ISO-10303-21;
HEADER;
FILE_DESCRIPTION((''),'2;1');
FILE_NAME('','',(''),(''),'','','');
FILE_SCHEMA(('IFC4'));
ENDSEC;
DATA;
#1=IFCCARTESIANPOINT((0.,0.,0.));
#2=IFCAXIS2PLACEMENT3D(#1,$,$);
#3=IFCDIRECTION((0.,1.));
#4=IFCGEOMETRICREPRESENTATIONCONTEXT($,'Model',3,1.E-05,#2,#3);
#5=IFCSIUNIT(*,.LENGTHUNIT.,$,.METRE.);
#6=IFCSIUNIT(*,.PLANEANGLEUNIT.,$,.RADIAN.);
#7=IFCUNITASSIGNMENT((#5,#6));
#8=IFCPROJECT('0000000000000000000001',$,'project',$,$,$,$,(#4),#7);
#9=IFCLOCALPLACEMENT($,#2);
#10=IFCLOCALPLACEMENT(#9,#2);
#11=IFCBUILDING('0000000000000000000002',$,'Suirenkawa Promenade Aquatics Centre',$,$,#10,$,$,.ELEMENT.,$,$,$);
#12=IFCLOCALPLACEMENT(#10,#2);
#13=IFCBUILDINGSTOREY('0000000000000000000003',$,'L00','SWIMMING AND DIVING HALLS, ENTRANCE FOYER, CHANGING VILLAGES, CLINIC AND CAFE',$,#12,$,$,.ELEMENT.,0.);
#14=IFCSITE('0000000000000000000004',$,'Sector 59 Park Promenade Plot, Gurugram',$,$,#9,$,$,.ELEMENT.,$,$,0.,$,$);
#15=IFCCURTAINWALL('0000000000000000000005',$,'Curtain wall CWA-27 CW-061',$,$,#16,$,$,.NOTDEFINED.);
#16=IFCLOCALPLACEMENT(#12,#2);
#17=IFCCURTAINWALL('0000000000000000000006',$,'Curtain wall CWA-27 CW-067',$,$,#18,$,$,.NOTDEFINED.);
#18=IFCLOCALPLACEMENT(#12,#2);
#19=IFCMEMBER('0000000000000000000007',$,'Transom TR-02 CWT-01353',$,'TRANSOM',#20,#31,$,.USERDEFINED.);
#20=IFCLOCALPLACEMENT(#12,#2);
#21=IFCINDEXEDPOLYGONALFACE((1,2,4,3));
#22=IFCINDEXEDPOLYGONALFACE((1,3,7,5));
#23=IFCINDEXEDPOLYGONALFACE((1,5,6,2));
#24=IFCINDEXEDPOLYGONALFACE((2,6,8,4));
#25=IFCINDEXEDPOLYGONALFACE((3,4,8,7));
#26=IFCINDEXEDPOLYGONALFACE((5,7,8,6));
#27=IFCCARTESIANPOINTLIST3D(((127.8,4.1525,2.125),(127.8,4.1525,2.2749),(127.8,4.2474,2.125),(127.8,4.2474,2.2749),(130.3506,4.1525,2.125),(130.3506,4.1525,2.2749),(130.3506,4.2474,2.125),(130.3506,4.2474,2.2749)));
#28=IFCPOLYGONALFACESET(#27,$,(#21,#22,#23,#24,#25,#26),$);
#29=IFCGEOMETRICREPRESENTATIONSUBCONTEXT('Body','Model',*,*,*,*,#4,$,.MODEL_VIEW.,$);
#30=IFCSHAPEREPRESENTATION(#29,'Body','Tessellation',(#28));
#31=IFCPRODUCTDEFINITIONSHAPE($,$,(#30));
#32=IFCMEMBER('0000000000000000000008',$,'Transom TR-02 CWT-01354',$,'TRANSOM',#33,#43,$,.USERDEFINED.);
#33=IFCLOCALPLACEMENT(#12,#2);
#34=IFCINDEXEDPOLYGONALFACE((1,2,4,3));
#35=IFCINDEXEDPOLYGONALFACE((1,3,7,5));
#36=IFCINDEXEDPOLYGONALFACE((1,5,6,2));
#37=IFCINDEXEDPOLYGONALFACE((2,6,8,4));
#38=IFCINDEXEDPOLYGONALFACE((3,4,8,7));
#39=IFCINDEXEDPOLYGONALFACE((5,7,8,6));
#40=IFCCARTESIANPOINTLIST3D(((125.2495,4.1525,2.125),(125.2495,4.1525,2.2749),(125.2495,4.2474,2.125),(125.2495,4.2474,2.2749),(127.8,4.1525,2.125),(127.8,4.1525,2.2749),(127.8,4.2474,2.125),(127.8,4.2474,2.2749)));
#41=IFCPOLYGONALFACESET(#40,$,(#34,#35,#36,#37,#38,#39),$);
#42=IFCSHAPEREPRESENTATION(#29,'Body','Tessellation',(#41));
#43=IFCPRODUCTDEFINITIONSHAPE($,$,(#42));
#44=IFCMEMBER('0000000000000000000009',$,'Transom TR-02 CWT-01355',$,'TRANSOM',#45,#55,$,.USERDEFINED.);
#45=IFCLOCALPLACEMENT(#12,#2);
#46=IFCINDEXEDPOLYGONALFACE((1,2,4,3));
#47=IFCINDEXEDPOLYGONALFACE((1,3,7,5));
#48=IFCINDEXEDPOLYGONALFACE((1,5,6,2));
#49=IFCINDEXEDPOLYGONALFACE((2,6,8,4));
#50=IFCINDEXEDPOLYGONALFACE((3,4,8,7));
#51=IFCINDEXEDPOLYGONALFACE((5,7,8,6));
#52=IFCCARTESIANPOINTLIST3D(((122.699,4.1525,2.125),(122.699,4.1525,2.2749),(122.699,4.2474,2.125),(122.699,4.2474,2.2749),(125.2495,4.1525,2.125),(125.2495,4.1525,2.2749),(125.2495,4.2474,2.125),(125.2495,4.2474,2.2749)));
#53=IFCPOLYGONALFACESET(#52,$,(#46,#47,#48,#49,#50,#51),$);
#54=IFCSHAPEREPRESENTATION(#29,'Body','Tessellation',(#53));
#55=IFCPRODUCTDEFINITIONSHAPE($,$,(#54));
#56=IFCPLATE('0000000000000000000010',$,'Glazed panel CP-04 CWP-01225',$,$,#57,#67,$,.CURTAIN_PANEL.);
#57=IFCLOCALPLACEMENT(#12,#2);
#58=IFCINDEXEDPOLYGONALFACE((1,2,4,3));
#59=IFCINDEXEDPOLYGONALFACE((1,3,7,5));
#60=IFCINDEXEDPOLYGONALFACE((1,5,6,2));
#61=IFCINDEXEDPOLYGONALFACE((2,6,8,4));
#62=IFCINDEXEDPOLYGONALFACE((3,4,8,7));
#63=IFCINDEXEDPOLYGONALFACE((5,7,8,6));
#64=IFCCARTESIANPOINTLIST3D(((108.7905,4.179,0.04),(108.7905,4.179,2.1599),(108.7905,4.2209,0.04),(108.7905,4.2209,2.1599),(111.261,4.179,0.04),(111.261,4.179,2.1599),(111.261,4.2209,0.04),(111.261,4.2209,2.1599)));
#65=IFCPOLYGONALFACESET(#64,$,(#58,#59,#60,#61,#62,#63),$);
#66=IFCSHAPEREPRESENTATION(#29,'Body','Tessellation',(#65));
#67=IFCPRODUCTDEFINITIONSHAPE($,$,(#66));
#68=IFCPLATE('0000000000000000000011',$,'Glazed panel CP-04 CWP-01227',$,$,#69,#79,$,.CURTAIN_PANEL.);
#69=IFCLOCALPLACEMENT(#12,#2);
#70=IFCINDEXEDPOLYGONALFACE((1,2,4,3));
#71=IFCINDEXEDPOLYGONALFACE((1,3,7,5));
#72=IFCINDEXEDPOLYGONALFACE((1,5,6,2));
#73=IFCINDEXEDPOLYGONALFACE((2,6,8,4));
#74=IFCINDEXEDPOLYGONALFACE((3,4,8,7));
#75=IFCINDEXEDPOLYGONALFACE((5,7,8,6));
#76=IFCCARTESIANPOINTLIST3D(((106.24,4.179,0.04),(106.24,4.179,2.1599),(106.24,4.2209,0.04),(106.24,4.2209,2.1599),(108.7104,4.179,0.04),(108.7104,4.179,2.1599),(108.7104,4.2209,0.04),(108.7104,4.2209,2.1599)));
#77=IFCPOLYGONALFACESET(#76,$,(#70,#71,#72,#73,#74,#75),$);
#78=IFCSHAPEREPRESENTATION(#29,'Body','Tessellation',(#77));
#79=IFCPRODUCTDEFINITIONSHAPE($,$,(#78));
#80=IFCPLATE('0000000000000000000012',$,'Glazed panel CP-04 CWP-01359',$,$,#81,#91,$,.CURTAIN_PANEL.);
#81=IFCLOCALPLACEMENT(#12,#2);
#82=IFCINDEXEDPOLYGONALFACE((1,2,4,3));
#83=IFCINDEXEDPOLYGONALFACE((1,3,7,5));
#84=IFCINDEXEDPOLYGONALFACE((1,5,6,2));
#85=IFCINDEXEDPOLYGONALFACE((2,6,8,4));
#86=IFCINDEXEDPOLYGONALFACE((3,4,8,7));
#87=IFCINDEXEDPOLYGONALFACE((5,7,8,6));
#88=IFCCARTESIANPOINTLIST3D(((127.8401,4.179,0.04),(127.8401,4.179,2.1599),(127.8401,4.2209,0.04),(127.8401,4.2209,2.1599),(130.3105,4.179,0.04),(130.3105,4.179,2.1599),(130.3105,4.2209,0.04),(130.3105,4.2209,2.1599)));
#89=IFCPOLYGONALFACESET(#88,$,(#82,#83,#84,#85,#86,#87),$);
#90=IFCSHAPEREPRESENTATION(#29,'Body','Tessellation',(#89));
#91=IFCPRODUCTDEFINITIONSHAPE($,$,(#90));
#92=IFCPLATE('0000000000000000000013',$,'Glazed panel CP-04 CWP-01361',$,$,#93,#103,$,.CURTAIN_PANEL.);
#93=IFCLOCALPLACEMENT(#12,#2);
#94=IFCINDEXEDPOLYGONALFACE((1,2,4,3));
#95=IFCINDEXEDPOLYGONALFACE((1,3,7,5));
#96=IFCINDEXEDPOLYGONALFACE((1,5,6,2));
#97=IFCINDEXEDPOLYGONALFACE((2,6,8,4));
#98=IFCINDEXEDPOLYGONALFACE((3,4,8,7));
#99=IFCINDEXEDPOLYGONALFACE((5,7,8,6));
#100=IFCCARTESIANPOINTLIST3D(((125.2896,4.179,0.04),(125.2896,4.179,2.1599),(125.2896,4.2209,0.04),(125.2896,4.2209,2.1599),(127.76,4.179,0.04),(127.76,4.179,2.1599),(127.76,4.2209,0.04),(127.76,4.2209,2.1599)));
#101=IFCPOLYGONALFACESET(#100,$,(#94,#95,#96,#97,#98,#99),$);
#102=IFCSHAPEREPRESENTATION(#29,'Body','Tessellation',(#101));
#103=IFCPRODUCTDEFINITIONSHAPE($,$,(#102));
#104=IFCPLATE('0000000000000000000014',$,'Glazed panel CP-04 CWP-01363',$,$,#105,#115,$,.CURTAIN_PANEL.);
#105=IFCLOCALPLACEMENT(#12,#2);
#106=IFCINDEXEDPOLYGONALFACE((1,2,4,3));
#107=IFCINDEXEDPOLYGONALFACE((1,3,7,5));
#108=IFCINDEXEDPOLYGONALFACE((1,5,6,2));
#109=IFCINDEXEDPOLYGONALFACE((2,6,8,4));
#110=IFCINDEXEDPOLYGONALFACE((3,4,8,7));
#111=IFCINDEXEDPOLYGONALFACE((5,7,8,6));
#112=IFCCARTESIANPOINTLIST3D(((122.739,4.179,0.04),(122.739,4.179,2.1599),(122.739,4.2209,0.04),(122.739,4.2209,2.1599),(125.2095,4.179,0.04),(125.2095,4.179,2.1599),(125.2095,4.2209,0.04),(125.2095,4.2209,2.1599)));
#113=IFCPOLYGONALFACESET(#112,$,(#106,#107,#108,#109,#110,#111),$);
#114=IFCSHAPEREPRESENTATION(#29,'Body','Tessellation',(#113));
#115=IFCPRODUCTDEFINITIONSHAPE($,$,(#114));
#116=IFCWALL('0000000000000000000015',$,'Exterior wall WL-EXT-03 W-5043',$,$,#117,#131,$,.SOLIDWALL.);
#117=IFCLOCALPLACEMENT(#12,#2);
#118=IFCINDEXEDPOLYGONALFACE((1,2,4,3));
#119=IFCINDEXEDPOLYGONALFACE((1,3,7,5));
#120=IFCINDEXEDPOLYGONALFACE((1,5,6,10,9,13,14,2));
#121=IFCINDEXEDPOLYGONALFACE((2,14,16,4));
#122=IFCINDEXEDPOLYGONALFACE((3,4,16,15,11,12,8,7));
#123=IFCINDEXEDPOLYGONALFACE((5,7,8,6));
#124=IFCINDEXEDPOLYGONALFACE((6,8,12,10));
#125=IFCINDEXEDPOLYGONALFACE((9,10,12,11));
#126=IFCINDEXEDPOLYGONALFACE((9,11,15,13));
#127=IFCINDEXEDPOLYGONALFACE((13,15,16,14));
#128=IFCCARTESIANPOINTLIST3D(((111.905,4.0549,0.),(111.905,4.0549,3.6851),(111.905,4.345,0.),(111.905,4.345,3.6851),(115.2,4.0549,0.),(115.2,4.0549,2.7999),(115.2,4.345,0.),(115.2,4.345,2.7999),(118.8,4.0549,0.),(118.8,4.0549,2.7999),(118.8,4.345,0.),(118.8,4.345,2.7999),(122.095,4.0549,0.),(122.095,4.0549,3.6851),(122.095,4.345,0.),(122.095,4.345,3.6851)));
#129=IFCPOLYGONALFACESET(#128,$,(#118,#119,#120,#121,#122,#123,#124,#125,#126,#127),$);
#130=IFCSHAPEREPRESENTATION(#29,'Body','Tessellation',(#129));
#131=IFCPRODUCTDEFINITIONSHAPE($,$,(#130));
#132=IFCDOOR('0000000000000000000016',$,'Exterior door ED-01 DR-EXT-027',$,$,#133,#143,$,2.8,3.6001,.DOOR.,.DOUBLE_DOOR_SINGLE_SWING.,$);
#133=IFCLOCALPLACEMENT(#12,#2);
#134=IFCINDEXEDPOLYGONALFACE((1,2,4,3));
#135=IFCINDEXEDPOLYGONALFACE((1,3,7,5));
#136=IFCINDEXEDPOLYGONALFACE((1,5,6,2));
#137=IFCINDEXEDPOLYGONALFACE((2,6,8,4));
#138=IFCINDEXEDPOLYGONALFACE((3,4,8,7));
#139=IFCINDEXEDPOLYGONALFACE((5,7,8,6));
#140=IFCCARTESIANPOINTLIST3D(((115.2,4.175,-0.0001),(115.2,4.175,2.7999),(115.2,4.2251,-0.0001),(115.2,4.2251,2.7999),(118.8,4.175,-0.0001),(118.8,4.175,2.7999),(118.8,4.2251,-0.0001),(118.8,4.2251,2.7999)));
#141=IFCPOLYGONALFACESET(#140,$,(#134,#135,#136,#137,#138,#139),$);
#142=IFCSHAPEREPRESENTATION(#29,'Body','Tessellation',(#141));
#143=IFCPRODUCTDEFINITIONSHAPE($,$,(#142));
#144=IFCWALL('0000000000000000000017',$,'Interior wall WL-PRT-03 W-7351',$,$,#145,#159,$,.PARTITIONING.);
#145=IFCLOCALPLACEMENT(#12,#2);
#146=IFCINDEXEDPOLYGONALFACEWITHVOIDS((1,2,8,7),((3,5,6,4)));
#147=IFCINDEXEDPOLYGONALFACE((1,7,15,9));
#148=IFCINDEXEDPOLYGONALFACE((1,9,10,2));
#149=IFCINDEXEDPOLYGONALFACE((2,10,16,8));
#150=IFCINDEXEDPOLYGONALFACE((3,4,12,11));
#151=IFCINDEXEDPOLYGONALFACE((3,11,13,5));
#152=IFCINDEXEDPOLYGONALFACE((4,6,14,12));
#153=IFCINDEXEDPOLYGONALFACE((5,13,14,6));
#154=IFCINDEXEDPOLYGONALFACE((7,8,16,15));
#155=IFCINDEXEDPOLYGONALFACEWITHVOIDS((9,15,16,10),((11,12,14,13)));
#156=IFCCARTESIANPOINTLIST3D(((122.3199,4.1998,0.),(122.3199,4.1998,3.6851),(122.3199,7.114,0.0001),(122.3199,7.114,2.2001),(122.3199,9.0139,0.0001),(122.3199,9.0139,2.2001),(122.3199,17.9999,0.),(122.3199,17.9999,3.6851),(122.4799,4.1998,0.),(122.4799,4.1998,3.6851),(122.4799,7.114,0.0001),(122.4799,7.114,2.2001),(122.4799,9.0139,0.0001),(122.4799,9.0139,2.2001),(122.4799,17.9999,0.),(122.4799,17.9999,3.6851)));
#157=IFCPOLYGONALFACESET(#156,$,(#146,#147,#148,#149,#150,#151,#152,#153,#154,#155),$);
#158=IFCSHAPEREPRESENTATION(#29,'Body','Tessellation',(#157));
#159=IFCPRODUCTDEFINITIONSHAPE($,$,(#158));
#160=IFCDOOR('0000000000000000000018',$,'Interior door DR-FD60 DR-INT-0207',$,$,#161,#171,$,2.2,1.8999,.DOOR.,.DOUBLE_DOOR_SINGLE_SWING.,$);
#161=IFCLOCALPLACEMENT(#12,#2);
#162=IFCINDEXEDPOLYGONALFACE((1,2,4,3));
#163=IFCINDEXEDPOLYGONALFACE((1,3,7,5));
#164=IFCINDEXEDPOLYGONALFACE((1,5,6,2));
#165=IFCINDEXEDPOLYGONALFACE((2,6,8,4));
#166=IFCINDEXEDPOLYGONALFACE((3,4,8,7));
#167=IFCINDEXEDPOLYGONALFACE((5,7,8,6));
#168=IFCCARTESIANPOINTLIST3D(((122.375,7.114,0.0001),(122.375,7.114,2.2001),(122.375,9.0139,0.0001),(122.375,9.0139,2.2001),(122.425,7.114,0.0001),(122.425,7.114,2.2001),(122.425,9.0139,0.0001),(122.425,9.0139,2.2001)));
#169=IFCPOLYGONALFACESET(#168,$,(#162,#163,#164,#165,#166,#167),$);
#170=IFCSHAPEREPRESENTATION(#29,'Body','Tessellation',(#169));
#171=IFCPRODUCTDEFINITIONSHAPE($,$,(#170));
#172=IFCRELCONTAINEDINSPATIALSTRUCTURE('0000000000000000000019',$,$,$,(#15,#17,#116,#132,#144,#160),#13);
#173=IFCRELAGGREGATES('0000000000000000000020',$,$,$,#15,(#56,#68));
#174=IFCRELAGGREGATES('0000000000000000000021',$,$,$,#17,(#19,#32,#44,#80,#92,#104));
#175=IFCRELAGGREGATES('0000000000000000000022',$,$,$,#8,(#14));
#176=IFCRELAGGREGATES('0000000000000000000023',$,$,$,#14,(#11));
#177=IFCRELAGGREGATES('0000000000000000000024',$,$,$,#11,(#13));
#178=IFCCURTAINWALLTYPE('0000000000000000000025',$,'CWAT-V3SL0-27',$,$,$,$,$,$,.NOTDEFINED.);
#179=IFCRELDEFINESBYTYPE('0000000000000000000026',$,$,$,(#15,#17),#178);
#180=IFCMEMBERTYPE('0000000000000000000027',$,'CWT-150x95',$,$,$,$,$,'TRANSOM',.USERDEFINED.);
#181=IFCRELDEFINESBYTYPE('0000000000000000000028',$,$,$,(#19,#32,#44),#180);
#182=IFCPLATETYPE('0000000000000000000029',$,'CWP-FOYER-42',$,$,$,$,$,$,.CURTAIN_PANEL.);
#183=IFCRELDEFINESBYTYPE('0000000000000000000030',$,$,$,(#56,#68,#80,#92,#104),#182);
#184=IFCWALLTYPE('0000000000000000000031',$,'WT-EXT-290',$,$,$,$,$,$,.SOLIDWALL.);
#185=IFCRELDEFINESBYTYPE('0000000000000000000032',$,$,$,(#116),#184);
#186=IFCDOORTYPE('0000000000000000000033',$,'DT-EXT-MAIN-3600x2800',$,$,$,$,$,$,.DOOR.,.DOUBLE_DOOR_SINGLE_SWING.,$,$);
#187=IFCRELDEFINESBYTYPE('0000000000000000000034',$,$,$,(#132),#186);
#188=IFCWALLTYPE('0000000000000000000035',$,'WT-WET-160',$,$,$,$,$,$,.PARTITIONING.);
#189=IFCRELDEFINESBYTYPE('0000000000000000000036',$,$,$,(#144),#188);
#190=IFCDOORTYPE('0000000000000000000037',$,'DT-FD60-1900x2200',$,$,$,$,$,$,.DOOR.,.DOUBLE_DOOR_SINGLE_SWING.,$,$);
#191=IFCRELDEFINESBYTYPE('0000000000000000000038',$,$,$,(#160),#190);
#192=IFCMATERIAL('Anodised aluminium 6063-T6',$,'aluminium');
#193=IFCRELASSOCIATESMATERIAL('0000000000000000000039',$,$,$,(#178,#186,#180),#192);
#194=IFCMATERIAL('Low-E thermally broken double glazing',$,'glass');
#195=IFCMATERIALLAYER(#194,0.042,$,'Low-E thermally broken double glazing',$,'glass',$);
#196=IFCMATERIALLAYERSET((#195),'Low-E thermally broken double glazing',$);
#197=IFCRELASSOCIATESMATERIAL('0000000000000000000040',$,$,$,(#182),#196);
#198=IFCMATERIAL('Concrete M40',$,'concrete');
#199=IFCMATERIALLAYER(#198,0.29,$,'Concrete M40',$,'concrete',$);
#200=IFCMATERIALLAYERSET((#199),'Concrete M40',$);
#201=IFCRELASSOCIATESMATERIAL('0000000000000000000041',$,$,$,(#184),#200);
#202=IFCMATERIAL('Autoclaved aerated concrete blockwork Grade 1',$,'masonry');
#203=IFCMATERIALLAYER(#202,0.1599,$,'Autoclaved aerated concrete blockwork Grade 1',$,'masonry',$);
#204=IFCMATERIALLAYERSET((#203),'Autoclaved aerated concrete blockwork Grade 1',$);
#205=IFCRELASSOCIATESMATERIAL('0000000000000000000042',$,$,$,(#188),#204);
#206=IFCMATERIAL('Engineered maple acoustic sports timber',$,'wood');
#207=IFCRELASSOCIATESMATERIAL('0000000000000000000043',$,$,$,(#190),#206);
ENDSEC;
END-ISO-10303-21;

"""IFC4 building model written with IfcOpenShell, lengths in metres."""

from ifc_helpers import new_model, si_unit, direction, frame, frame_2d, origin, origin_2d, place, context, subcontext, project, spatial, polyline, rectangle, outline, extrude, material, layer, layer_set, material_profile, profile_set, type_object, element, fill, aggregate, save


model = new_model("IFC4")

# Units and contexts
model_context = context("Model", 3, precision=1e-05, world=origin(), true_north=direction((0.0, 1.0)))
body_context = subcontext(model_context, "Body", "Model", "MODEL_VIEW")
ifc_project = project(units=[si_unit("LENGTHUNIT", "METRE"), si_unit("PLANEANGLEUNIT", "RADIAN")], contexts=[model_context])

# Site, building, storey
site_placement = place(None, origin())
site = spatial("IfcSite", under=ifc_project, at=site_placement, Name="Sector 59 Park Promenade Plot, Gurugram", CompositionType="ELEMENT", RefElevation=0.0)
building_placement = place(site_placement, origin())
building = spatial("IfcBuilding", under=site, at=building_placement, Name="Suirenkawa Promenade Aquatics Centre", CompositionType="ELEMENT")
storey_placement = place(building_placement, origin())
storey = spatial("IfcBuildingStorey", under=building, at=storey_placement, Name="L00", Description="SWIMMING AND DIVING HALLS, ENTRANCE FOYER, CHANGING VILLAGES, CLINIC AND CAFE", CompositionType="ELEMENT", Elevation=0.0)

# Shared definitions
ifc_material_1 = material(Name="Concrete M40", Category="concrete")

# Curtain wall
ifc_material_2 = material(Name="Anodised aluminium 6063-T6", Category="aluminium")
curtain_wall_type = type_object("IfcCurtainWallType", Name="CWAT-V3SL0-27", PredefinedType="NOTDEFINED", material=ifc_material_2)
curtain_wall_1_placement = place(storey_placement, origin())
curtain_wall_1 = element("IfcCurtainWall", 1, at=curtain_wall_1_placement, inside=storey, type_object=curtain_wall_type, Name="Curtain wall CWA-27 CW-061", PredefinedType="NOTDEFINED")

# Curtain wall
curtain_wall_2_placement = place(storey_placement, origin())
curtain_wall_2 = element("IfcCurtainWall", 2, at=curtain_wall_2_placement, inside=storey, type_object=curtain_wall_type, Name="Curtain wall CWA-27 CW-067", PredefinedType="NOTDEFINED")

# Members
ifc_material_profile_1 = material_profile(ifc_material_2, rectangle(XDim=0.095, YDim=0.1499, at=origin_2d()), Name="ALU TRAN 95x150", Category="aluminium")
ifc_profile_set_1 = profile_set([ifc_material_profile_1], Name="Anodised aluminium 6063-T6")
member_type_1 = type_object("IfcMemberType", Name="CWT-150x95", ElementType="TRANSOM", PredefinedType="USERDEFINED", material=ifc_profile_set_1)
member_1_placement = place(storey_placement, frame((130.3506, 4.2, 2.2), z_axis=(-1.0, 0.0, 0.0), x_axis=(0.0, -1.0, 0.0)))
member_1 = element("IfcMember", 3, at=member_1_placement, type_object=member_type_1, Name="Transom TR-02 CWT-01353", ObjectType="TRANSOM", PredefinedType="USERDEFINED", context=body_context, shape_type="SweptSolid", body=[
    extrude(rectangle(XDim=0.095, YDim=0.1499, at=origin_2d()), origin(), (0.0, 0.0, 1.0), 2.5505),
])
member_2_placement = place(storey_placement, frame((127.8, 4.2, 2.2), z_axis=(-1.0, 0.0, 0.0), x_axis=(0.0, -1.0, 0.0)))
member_2 = element("IfcMember", 4, at=member_2_placement, type_object=member_type_1, Name="Transom TR-02 CWT-01354", ObjectType="TRANSOM", PredefinedType="USERDEFINED", context=body_context, shape_type="SweptSolid", body=[
    extrude(rectangle(XDim=0.095, YDim=0.1499, at=origin_2d()), origin(), (0.0, 0.0, 1.0), 2.5505),
])
member_3_placement = place(storey_placement, frame((125.2495, 4.2, 2.2), z_axis=(-1.0, 0.0, 0.0), x_axis=(0.0, -1.0, 0.0)))
member_3 = element("IfcMember", 5, at=member_3_placement, type_object=member_type_1, Name="Transom TR-02 CWT-01355", ObjectType="TRANSOM", PredefinedType="USERDEFINED", context=body_context, shape_type="SweptSolid", body=[
    extrude(rectangle(XDim=0.095, YDim=0.1499, at=origin_2d()), origin(), (0.0, 0.0, 1.0), 2.5505),
])

# Plates
ifc_material_3 = material(Name="Low-E thermally broken double glazing", Category="glass")
ifc_layer_1 = layer(ifc_material_3, 0.042, Name="Low-E thermally broken double glazing", Category="glass")
ifc_layer_set_1 = layer_set([ifc_layer_1], Name="Low-E thermally broken double glazing")
plate_type = type_object("IfcPlateType", Name="CWP-FOYER-42", PredefinedType="CURTAIN_PANEL", material=ifc_layer_set_1)
plate_1_placement = place(storey_placement, frame((111.301, 4.2, 0.04), z_axis=(0.0, 0.0, 1.0), x_axis=(-1.0, 0.0, 0.0)))
plate_1 = element("IfcPlate", 6, at=plate_1_placement, type_object=plate_type, Name="Glazed panel CP-04 CWP-01225", PredefinedType="CURTAIN_PANEL", context=body_context, shape_type="SweptSolid", body=[
    extrude(outline(polyline([(0.04, 0.0), (2.5105, 0.0), (2.5105, 2.1199), (0.04, 2.1199), (0.04, 0.0)])), frame((0.0, 0.021, 0.0), z_axis=(0.0, -1.0, 0.0), x_axis=(1.0, 0.0, 0.0)), (0.0, 0.0, 1.0), 0.042),
])
plate_2_placement = place(storey_placement, frame((108.7505, 4.2, 0.04), z_axis=(0.0, 0.0, 1.0), x_axis=(-1.0, 0.0, 0.0)))
plate_2 = element("IfcPlate", 7, at=plate_2_placement, type_object=plate_type, Name="Glazed panel CP-04 CWP-01227", PredefinedType="CURTAIN_PANEL", context=body_context, shape_type="SweptSolid", body=[
    extrude(outline(polyline([(0.04, 0.0), (2.5105, 0.0), (2.5105, 2.1199), (0.04, 2.1199), (0.04, 0.0)])), frame((0.0, 0.021, 0.0), z_axis=(0.0, -1.0, 0.0), x_axis=(1.0, 0.0, 0.0)), (0.0, 0.0, 1.0), 0.042),
])
aggregate(curtain_wall_1, [plate_1, plate_2])
plate_3_placement = place(storey_placement, frame((130.3506, 4.2, 0.04), z_axis=(0.0, 0.0, 1.0), x_axis=(-1.0, 0.0, 0.0)))
plate_3 = element("IfcPlate", 8, at=plate_3_placement, type_object=plate_type, Name="Glazed panel CP-04 CWP-01359", PredefinedType="CURTAIN_PANEL", context=body_context, shape_type="SweptSolid", body=[
    extrude(outline(polyline([(0.04, 0.0), (2.5105, 0.0), (2.5105, 2.1199), (0.04, 2.1199), (0.04, 0.0)])), frame((0.0, 0.021, 0.0), z_axis=(0.0, -1.0, 0.0), x_axis=(1.0, 0.0, 0.0)), (0.0, 0.0, 1.0), 0.042),
])
plate_4_placement = place(storey_placement, frame((127.8, 4.2, 0.04), z_axis=(0.0, 0.0, 1.0), x_axis=(-1.0, 0.0, 0.0)))
plate_4 = element("IfcPlate", 9, at=plate_4_placement, type_object=plate_type, Name="Glazed panel CP-04 CWP-01361", PredefinedType="CURTAIN_PANEL", context=body_context, shape_type="SweptSolid", body=[
    extrude(outline(polyline([(0.04, 0.0), (2.5105, 0.0), (2.5105, 2.1199), (0.04, 2.1199), (0.04, 0.0)])), frame((0.0, 0.021, 0.0), z_axis=(0.0, -1.0, 0.0), x_axis=(1.0, 0.0, 0.0)), (0.0, 0.0, 1.0), 0.042),
])
plate_5_placement = place(storey_placement, frame((125.2495, 4.2, 0.04), z_axis=(0.0, 0.0, 1.0), x_axis=(-1.0, 0.0, 0.0)))
plate_5 = element("IfcPlate", 10, at=plate_5_placement, type_object=plate_type, Name="Glazed panel CP-04 CWP-01363", PredefinedType="CURTAIN_PANEL", context=body_context, shape_type="SweptSolid", body=[
    extrude(outline(polyline([(0.04, 0.0), (2.5105, 0.0), (2.5105, 2.1199), (0.04, 2.1199), (0.04, 0.0)])), frame((0.0, 0.021, 0.0), z_axis=(0.0, -1.0, 0.0), x_axis=(1.0, 0.0, 0.0)), (0.0, 0.0, 1.0), 0.042),
])
aggregate(curtain_wall_2, [member_1, member_2, member_3, plate_3, plate_4, plate_5])

# Walls, openings, doors
ifc_layer_2 = layer(ifc_material_1, 0.29, Name="Concrete M40", Category="concrete")
ifc_layer_set_2 = layer_set([ifc_layer_2], Name="Concrete M40")
wall_type_1 = type_object("IfcWallType", Name="WT-EXT-290", PredefinedType="SOLIDWALL", material=ifc_layer_set_2)
wall_1_placement = place(storey_placement, frame((122.095, 4.2, 0.0), z_axis=(0.0, 0.0, 1.0), x_axis=(-1.0, 0.0, 0.0)))
wall_1 = element("IfcWall", 11, at=wall_1_placement, inside=storey, type_object=wall_type_1, Name="Exterior wall WL-EXT-03 W-5043", PredefinedType="SOLIDWALL", context=body_context, shape_type="SweptSolid", body=[
    extrude(rectangle(XDim=10.1899, YDim=0.29, at=frame_2d((5.095, 0.0))), origin(), (0.0, 0.0, 1.0), 3.6851),
])
opening_1_placement = place(wall_1_placement, frame((3.2949, 0.0, 0.0)))
opening_1 = element("IfcOpeningElement", 12, at=opening_1_placement, cuts=wall_1, PredefinedType="OPENING", context=body_context, shape_type="SweptSolid", body=[
    extrude(rectangle(XDim=3.6001, YDim=2.8, at=frame_2d((1.8, 1.3999))), frame((0.0, 0.155, 0.0), z_axis=(0.0, -1.0, 0.0), x_axis=(1.0, 0.0, 0.0)), (0.0, 0.0, 1.0), 0.3101),
])
door_type_1 = type_object("IfcDoorType", Name="DT-EXT-MAIN-3600x2800", OperationType="DOUBLE_DOOR_SINGLE_SWING", PredefinedType="DOOR", material=ifc_material_2)
door_1_placement = place(opening_1_placement, origin())
door_1 = element("IfcDoor", 13, at=door_1_placement, inside=storey, type_object=door_type_1, Name="Exterior door ED-01 DR-EXT-027", OperationType="DOUBLE_DOOR_SINGLE_SWING", OverallHeight=2.8, OverallWidth=3.6001, PredefinedType="DOOR", context=body_context, shape_type="SweptSolid", body=[
    extrude(rectangle(XDim=3.6001, YDim=2.8, at=frame_2d((1.8, 1.3999))), frame((0.0, 0.0249, 0.0), z_axis=(0.0, -1.0, 0.0), x_axis=(1.0, 0.0, 0.0)), (0.0, 0.0, 1.0), 0.05),
])
fill(opening_1, door_1)
ifc_material_4 = material(Name="Autoclaved aerated concrete blockwork Grade 1", Category="masonry")
ifc_layer_3 = layer(ifc_material_4, 0.1599, Name="Autoclaved aerated concrete blockwork Grade 1", Category="masonry")
ifc_layer_set_3 = layer_set([ifc_layer_3], Name="Autoclaved aerated concrete blockwork Grade 1")
wall_type_2 = type_object("IfcWallType", Name="WT-WET-160", PredefinedType="PARTITIONING", material=ifc_layer_set_3)
wall_2_placement = place(storey_placement, frame((122.3999, 4.2, 0.0), z_axis=(0.0, 0.0, 1.0), x_axis=(0.0, 1.0, 0.0)))
wall_2 = element("IfcWall", 14, at=wall_2_placement, inside=storey, type_object=wall_type_2, Name="Interior wall WL-PRT-03 W-7351", PredefinedType="PARTITIONING", context=body_context, shape_type="SweptSolid", body=[
    extrude(rectangle(XDim=13.8, YDim=0.1599, at=frame_2d((6.8999, 0.0))), origin(), (0.0, 0.0, 1.0), 3.6851),
])
opening_2_placement = place(wall_2_placement, frame((2.9141, 0.0, 0.0)))
opening_2 = element("IfcOpeningElement", 15, at=opening_2_placement, cuts=wall_2, PredefinedType="OPENING", context=body_context, shape_type="SweptSolid", body=[
    extrude(rectangle(XDim=1.8999, YDim=2.2, at=frame_2d((0.95, 1.1001))), frame((0.0, 0.0898, 0.0), z_axis=(0.0, -1.0, 0.0), x_axis=(1.0, 0.0, 0.0)), (0.0, 0.0, 1.0), 0.1799),
])
ifc_material_5 = material(Name="Engineered maple acoustic sports timber", Category="wood")
door_type_2 = type_object("IfcDoorType", Name="DT-FD60-1900x2200", OperationType="DOUBLE_DOOR_SINGLE_SWING", PredefinedType="DOOR", material=ifc_material_5)
door_2_placement = place(opening_2_placement, origin())
door_2 = element("IfcDoor", 16, at=door_2_placement, inside=storey, type_object=door_type_2, Name="Interior door DR-FD60 DR-INT-0207", OperationType="DOUBLE_DOOR_SINGLE_SWING", OverallHeight=2.2, OverallWidth=1.8999, PredefinedType="DOOR", context=body_context, shape_type="SweptSolid", body=[
    extrude(rectangle(XDim=1.8999, YDim=2.2, at=frame_2d((0.95, 1.1001))), frame((0.0, 0.0249, 0.0), z_axis=(0.0, -1.0, 0.0), x_axis=(1.0, 0.0, 0.0)), (0.0, 0.0, 1.0), 0.05),
])
fill(opening_2, door_2)

save(model, "model.ifc")
